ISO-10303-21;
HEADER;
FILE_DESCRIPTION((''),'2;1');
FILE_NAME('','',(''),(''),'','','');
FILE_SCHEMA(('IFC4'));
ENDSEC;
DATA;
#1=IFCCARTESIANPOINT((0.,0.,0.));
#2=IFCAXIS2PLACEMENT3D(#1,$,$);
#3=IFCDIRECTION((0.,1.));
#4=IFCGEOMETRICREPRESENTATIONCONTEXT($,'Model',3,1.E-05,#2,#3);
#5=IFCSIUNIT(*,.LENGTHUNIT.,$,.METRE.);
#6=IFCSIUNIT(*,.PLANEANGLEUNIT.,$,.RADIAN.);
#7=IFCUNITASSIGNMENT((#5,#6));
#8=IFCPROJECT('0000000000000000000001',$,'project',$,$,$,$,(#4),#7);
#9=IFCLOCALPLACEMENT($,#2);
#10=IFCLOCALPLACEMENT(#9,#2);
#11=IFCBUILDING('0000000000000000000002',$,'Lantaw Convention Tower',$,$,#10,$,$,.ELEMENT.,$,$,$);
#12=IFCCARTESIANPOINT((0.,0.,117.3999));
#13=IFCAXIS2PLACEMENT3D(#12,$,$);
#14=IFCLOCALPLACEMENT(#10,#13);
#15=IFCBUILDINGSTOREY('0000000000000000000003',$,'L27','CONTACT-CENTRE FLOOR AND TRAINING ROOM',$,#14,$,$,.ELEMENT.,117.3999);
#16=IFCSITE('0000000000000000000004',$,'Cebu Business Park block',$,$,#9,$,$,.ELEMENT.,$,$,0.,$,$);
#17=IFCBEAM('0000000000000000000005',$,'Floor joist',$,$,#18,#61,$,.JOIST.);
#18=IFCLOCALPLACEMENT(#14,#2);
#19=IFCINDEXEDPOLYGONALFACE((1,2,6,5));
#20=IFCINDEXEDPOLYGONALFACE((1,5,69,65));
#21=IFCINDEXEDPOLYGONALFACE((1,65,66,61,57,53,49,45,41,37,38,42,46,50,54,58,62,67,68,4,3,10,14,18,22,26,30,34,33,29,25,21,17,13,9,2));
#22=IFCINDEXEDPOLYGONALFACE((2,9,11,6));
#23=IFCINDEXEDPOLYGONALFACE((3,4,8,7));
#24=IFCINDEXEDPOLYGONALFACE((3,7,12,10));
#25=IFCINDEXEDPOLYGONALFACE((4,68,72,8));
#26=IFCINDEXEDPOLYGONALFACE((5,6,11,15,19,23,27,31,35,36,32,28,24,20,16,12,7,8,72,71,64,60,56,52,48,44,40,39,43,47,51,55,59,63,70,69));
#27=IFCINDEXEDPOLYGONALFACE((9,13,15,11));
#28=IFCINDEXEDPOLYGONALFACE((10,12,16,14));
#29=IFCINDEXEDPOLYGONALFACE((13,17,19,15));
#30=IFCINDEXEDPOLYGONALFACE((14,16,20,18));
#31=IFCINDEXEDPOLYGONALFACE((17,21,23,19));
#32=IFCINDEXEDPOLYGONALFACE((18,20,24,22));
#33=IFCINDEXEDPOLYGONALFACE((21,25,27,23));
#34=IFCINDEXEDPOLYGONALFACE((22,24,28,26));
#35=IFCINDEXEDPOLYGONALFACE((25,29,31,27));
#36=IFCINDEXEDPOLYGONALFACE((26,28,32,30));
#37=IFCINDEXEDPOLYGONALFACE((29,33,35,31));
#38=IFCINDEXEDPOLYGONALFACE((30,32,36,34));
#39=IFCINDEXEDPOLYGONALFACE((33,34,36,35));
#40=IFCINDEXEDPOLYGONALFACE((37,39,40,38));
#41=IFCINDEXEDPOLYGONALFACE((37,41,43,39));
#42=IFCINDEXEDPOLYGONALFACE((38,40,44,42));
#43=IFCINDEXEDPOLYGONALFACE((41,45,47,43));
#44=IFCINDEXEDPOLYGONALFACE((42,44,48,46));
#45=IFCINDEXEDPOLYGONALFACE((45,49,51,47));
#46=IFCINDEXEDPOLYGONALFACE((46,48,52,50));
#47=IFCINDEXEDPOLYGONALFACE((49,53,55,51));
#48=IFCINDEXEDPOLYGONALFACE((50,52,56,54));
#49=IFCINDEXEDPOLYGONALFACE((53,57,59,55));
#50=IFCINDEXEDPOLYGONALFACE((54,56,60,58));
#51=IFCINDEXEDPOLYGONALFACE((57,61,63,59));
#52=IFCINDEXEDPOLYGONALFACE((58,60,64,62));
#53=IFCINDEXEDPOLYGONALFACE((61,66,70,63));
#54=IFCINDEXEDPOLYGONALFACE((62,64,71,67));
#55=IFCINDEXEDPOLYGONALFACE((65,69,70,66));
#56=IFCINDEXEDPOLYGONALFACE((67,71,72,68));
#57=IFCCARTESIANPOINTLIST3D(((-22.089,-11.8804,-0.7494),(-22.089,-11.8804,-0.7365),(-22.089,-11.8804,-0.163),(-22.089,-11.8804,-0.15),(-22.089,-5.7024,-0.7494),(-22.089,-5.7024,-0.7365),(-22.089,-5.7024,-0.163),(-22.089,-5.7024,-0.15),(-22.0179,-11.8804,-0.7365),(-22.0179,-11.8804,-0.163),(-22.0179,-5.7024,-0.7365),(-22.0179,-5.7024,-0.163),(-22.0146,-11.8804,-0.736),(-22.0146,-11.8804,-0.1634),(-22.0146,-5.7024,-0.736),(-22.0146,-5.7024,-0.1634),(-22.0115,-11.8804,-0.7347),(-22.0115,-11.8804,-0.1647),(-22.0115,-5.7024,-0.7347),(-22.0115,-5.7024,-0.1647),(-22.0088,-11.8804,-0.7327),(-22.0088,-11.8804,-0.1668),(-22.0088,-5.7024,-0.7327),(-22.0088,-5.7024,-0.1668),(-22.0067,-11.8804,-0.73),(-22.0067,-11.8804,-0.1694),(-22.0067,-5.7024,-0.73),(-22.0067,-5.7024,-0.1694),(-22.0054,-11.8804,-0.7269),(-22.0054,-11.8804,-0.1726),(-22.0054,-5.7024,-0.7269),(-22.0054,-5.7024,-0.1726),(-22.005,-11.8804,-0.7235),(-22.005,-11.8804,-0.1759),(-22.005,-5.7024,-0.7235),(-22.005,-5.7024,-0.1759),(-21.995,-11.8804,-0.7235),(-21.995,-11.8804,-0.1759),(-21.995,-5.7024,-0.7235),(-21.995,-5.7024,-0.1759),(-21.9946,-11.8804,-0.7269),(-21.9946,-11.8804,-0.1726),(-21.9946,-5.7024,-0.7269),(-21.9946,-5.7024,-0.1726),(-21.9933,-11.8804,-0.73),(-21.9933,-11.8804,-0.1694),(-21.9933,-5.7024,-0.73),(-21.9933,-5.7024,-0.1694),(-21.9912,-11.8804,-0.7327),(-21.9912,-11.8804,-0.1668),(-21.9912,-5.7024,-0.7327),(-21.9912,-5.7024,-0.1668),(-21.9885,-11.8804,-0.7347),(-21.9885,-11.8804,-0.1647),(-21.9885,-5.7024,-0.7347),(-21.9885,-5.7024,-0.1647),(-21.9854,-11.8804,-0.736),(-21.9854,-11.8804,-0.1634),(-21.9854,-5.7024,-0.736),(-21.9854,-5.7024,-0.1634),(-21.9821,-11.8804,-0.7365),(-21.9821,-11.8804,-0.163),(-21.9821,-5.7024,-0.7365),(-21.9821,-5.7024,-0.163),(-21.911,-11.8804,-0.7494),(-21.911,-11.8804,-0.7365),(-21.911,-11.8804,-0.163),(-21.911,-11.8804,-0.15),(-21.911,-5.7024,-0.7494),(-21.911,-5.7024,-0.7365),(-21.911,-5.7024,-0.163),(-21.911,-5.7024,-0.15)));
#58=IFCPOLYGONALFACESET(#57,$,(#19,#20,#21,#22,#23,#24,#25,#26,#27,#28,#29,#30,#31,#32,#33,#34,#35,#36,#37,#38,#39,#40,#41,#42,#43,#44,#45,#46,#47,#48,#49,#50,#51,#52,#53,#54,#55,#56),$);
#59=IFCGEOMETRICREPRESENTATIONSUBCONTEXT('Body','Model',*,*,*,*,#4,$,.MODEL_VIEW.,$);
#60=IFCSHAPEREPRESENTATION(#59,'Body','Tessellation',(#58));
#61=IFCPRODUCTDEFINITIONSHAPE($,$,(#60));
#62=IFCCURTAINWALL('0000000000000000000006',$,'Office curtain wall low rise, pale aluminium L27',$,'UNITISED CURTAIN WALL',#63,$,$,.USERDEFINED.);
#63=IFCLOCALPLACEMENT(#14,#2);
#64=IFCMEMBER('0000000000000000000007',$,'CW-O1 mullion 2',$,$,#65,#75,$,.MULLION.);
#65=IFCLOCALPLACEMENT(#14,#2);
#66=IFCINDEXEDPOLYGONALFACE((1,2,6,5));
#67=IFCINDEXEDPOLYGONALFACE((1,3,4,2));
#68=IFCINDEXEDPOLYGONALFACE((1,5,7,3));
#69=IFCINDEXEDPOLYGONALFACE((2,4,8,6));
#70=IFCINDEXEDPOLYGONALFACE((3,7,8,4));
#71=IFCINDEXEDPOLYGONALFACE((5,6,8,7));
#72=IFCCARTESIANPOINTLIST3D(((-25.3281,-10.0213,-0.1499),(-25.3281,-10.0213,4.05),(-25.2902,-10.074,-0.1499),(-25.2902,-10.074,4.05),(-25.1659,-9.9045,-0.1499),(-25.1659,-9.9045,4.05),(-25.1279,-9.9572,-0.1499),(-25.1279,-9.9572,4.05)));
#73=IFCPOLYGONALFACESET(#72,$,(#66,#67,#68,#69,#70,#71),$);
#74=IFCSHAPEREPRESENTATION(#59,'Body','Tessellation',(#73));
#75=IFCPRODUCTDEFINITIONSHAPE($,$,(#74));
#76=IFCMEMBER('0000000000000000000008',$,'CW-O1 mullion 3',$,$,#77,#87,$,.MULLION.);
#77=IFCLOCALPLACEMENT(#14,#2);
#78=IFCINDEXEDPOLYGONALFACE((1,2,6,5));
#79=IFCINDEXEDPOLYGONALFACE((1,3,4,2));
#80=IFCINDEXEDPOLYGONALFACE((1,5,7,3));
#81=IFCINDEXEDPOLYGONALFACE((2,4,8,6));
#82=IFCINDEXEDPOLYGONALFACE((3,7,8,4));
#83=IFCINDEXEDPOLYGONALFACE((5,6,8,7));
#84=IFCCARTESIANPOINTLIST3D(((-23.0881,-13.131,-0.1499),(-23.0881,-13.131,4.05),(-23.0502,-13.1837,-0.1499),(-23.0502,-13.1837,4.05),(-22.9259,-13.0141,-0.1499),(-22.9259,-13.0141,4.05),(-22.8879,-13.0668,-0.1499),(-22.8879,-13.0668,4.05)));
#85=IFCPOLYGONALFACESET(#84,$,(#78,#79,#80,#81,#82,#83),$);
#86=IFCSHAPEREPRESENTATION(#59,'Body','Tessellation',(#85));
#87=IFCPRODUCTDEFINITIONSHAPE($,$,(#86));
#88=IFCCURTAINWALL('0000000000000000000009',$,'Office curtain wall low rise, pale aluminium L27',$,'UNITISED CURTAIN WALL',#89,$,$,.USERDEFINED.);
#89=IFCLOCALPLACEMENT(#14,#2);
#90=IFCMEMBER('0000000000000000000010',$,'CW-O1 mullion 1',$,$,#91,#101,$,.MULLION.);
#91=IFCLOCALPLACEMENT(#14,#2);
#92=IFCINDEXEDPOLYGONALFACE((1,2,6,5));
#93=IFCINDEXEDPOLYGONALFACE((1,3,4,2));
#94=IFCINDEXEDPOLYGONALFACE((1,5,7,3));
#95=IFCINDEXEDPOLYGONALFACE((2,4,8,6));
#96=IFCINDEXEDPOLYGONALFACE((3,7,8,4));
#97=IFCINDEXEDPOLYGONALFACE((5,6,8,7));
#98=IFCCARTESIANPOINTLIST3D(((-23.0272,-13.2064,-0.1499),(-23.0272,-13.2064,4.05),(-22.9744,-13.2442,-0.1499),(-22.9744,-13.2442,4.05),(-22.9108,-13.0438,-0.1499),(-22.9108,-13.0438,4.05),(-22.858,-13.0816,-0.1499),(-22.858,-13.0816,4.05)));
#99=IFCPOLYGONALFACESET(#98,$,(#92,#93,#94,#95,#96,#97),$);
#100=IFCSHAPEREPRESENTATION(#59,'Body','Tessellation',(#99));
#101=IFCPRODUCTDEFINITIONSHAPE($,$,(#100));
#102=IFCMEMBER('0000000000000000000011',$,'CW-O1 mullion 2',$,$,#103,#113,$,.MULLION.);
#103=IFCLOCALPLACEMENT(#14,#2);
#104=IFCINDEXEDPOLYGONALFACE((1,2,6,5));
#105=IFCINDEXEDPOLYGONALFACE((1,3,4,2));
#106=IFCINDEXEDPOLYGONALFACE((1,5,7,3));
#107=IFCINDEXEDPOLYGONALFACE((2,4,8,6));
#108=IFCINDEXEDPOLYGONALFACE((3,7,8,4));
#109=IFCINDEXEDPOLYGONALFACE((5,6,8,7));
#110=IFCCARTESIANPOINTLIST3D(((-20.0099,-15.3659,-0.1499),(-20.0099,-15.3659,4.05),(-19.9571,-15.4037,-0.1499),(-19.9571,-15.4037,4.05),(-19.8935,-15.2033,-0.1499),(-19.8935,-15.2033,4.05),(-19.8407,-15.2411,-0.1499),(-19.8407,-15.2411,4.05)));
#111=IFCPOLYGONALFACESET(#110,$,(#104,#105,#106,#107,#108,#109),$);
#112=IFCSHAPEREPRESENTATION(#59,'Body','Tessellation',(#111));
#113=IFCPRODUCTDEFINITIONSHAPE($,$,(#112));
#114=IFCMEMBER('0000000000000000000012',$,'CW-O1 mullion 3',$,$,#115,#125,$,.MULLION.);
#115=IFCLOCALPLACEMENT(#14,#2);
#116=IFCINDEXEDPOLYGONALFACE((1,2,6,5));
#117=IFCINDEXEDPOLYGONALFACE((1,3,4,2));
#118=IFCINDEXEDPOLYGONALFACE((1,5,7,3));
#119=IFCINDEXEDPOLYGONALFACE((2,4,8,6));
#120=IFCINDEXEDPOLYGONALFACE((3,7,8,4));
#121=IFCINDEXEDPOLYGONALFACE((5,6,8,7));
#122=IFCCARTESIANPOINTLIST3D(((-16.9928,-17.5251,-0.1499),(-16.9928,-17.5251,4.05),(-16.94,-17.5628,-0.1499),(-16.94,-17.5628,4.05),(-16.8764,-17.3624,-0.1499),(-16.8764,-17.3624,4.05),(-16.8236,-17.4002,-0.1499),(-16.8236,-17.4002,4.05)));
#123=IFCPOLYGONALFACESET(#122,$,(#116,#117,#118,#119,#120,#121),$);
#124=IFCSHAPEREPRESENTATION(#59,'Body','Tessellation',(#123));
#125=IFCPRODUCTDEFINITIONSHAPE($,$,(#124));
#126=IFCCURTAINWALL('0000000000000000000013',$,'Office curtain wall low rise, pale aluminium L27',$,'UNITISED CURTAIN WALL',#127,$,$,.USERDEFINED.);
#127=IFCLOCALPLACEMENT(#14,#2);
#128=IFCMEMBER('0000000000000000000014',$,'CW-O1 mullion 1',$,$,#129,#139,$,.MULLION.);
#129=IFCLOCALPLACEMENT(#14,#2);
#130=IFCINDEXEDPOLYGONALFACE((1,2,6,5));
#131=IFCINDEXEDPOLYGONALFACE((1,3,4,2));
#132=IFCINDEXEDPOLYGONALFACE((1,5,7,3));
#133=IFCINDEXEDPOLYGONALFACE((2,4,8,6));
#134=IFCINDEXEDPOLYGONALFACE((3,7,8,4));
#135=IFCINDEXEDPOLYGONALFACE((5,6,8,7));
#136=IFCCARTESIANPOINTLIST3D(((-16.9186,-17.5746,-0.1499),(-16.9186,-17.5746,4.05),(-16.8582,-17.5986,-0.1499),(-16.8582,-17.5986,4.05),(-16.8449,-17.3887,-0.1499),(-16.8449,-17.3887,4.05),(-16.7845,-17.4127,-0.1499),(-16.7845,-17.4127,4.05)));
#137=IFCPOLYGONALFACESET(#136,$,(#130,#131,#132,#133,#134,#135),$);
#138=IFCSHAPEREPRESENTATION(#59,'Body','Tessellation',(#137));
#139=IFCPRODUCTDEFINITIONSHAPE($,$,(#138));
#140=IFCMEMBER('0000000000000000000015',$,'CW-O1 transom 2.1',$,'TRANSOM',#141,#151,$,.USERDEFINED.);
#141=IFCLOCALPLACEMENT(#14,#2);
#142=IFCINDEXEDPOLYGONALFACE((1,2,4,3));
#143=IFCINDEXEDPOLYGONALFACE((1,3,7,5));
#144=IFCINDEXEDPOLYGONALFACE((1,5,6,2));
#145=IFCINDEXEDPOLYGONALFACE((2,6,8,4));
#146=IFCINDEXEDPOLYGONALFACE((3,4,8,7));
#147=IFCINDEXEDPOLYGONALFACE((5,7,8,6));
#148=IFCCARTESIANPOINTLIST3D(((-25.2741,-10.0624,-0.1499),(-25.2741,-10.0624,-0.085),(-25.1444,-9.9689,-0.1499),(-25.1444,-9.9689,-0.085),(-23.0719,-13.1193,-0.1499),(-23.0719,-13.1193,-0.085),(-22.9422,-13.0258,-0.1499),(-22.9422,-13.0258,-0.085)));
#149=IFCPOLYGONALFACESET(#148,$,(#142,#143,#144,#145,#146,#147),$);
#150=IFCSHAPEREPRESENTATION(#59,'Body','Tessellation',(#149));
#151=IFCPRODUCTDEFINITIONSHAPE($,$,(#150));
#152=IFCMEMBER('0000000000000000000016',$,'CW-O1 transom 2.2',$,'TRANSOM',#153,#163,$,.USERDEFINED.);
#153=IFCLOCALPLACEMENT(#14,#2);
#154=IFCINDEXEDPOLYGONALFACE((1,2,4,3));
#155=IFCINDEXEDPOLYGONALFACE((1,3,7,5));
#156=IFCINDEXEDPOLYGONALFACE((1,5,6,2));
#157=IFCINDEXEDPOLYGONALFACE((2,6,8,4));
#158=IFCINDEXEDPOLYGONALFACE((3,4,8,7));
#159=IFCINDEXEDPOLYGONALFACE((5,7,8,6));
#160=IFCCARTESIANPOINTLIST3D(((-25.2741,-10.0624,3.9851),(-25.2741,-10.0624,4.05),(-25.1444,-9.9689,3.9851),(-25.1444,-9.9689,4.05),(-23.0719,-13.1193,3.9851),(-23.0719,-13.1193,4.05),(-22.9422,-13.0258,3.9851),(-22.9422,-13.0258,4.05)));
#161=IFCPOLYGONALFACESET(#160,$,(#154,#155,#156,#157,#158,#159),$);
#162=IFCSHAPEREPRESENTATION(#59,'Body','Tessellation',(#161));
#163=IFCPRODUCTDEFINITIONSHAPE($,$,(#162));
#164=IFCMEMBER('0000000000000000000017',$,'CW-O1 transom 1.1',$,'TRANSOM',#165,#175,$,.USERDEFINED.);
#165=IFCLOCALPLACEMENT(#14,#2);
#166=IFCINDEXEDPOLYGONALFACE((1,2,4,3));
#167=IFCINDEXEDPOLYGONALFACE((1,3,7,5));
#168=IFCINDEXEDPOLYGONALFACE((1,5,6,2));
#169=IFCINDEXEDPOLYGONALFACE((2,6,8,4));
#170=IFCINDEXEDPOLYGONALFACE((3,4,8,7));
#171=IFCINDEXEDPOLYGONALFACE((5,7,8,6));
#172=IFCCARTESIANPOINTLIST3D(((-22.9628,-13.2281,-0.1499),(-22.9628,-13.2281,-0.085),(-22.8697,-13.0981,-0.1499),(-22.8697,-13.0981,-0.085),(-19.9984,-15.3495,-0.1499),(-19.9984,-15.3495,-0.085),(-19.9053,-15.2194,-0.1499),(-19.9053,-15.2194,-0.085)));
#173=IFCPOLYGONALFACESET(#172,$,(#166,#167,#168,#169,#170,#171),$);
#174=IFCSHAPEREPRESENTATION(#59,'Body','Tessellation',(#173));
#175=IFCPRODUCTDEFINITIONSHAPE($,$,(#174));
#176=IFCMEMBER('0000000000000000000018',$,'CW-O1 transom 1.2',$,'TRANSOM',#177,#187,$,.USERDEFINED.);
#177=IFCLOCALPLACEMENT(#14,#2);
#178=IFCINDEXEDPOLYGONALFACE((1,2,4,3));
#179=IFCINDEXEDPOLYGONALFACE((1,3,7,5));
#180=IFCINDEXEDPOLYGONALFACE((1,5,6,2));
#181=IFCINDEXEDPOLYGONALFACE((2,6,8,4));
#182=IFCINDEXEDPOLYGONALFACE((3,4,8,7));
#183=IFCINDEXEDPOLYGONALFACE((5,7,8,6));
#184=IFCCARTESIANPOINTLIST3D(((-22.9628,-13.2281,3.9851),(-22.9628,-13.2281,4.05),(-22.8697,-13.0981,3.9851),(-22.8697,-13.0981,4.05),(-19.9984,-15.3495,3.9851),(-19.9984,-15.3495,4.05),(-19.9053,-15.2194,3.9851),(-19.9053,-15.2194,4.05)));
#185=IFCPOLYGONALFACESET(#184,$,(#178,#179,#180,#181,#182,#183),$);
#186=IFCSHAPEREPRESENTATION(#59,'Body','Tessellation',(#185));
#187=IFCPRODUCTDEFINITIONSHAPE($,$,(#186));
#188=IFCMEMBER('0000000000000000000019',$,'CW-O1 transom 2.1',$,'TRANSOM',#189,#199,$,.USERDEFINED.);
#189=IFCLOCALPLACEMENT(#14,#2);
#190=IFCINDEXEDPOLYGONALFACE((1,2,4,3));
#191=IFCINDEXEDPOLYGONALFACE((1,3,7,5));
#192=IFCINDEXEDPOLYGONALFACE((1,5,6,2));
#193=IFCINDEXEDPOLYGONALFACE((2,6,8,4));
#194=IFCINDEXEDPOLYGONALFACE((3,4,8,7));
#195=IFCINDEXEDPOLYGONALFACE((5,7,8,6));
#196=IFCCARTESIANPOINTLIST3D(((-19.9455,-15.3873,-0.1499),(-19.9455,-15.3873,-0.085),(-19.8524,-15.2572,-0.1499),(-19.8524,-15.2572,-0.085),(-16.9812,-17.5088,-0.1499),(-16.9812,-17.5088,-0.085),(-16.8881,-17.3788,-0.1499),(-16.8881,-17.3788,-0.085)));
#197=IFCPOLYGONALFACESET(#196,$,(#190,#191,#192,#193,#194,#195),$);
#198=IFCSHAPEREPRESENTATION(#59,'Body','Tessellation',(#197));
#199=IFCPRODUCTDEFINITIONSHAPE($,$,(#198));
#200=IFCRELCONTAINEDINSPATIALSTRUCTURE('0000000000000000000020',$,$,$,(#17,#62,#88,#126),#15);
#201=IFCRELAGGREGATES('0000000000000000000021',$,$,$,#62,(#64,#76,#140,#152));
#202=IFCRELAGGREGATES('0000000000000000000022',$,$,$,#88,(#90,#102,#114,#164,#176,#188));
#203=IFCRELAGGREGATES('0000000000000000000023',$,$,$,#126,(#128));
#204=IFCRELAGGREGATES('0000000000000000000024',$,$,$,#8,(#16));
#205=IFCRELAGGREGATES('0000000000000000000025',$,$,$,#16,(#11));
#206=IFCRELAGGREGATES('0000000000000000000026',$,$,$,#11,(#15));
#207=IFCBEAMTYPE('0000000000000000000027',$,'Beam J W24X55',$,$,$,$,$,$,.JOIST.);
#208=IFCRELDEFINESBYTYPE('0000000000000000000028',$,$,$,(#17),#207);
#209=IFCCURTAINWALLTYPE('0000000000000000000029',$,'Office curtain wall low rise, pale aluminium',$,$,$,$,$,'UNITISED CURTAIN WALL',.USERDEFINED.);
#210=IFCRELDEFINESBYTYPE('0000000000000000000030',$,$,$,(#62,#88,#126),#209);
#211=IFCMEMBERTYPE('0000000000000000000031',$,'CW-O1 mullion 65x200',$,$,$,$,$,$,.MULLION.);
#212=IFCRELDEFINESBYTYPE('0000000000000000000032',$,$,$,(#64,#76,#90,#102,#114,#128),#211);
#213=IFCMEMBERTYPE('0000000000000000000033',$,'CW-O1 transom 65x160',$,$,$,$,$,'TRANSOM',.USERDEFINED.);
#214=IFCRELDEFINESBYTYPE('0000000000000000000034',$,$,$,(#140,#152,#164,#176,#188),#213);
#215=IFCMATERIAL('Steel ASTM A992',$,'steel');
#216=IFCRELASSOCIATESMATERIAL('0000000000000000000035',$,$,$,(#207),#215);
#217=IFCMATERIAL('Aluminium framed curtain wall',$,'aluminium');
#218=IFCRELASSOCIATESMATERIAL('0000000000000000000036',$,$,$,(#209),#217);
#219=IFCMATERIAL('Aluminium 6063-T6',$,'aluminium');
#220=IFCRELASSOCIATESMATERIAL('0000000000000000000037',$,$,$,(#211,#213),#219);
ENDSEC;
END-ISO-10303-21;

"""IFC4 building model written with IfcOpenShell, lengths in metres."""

from ifc_helpers import new_model, si_unit, direction, frame, origin, origin_2d, place, context, subcontext, project, spatial, rectangle, i_section, extrude, material, material_profile, profile_set, type_object, element, aggregate, save


model = new_model("IFC4")

# Units and contexts
model_context = context("Model", 3, precision=1e-05, world=origin(), true_north=direction((0.0, 1.0)))
body_context = subcontext(model_context, "Body", "Model", "MODEL_VIEW")
ifc_project = project(units=[si_unit("LENGTHUNIT", "METRE"), si_unit("PLANEANGLEUNIT", "RADIAN")], contexts=[model_context])

# Site, building, storey
site_placement = place(None, origin())
site = spatial("IfcSite", under=ifc_project, at=site_placement, Name="Cebu Business Park block", CompositionType="ELEMENT", RefElevation=0.0)
building_placement = place(site_placement, origin())
building = spatial("IfcBuilding", under=site, at=building_placement, Name="Lantaw Convention Tower", CompositionType="ELEMENT")
storey_placement = place(building_placement, frame((0.0, 0.0, 117.3999)))
storey = spatial("IfcBuildingStorey", under=building, at=storey_placement, Name="L27", Description="CONTACT-CENTRE FLOOR AND TRAINING ROOM", CompositionType="ELEMENT", Elevation=117.3999)

# Beam
ifc_material_1 = material(Name="Steel ASTM A992", Category="steel")
ifc_material_profile_1 = material_profile(ifc_material_1, i_section(OverallWidth=0.178, OverallDepth=0.5994, WebThickness=0.01, FlangeThickness=0.0129, FilletRadius=0.0129, at=origin_2d()), Name="W24X55")
ifc_profile_set_1 = profile_set([ifc_material_profile_1], Name="Steel ASTM A992")
beam_type_1 = type_object("IfcBeamType", Name="Beam J W24X55", PredefinedType="JOIST", material=ifc_profile_set_1)
beam_1_placement = place(storey_placement, frame((-22.0, -11.8804, -0.4497), z_axis=(0.0, 1.0, 0.0), x_axis=(-1.0, 0.0, 0.0)))
element("IfcBeam", 1, at=beam_1_placement, inside=storey, type_object=beam_type_1, Name="Floor joist", PredefinedType="JOIST", context=body_context, shape_type="SweptSolid", body=[
    extrude(i_section(OverallWidth=0.178, OverallDepth=0.5994, WebThickness=0.01, FlangeThickness=0.0129, FilletRadius=0.0129, at=origin_2d()), origin(), (0.0, 0.0, 1.0), 6.178),
])

# Curtain walls, members
ifc_material_2 = material(Name="Aluminium framed curtain wall", Category="aluminium")
curtain_wall_type = type_object("IfcCurtainWallType", Name="Office curtain wall low rise, pale aluminium", ElementType="UNITISED CURTAIN WALL", PredefinedType="USERDEFINED", material=ifc_material_2)
curtain_wall_1_placement = place(storey_placement, origin())
curtain_wall_1 = element("IfcCurtainWall", 2, at=curtain_wall_1_placement, inside=storey, type_object=curtain_wall_type, Name="Office curtain wall low rise, pale aluminium L27", ObjectType="UNITISED CURTAIN WALL", PredefinedType="USERDEFINED")
ifc_material_3 = material(Name="Aluminium 6063-T6", Category="aluminium")
ifc_material_profile_2 = material_profile(ifc_material_3, rectangle(XDim=0.2, YDim=0.0649, at=origin_2d()), Name="CW-O1 mullion 65x200")
ifc_profile_set_2 = profile_set([ifc_material_profile_2], Name="Aluminium 6063-T6")
member_type_1 = type_object("IfcMemberType", Name="CW-O1 mullion 65x200", PredefinedType="MULLION", material=ifc_profile_set_2)
member_1_placement = place(storey_placement, frame((-25.228, -9.9893, -0.1499), z_axis=(0.0, 0.0, 1.0), x_axis=(0.811385, 0.584513, 0.0)))
member_1 = element("IfcMember", 3, at=member_1_placement, type_object=member_type_1, Name="CW-O1 mullion 2", PredefinedType="MULLION", context=body_context, shape_type="SweptSolid", body=[
    extrude(rectangle(XDim=0.2, YDim=0.0649, at=origin_2d()), origin(), (0.0, 0.0, 1.0), 4.2),
])
member_2_placement = place(storey_placement, frame((-22.988, -13.0989, -0.1499), z_axis=(0.0, 0.0, 1.0), x_axis=(0.811385, 0.584513, 0.0)))
member_2 = element("IfcMember", 4, at=member_2_placement, type_object=member_type_1, Name="CW-O1 mullion 3", PredefinedType="MULLION", context=body_context, shape_type="SweptSolid", body=[
    extrude(rectangle(XDim=0.2, YDim=0.0649, at=origin_2d()), origin(), (0.0, 0.0, 1.0), 4.2),
])
curtain_wall_2_placement = place(storey_placement, origin())
curtain_wall_2 = element("IfcCurtainWall", 5, at=curtain_wall_2_placement, inside=storey, type_object=curtain_wall_type, Name="Office curtain wall low rise, pale aluminium L27", ObjectType="UNITISED CURTAIN WALL", PredefinedType="USERDEFINED")
member_3_placement = place(storey_placement, frame((-22.9426, -13.144, -0.1499), z_axis=(0.0, 0.0, 1.0), x_axis=(0.581973, 0.813208, 0.0)))
member_3 = element("IfcMember", 6, at=member_3_placement, type_object=member_type_1, Name="CW-O1 mullion 1", PredefinedType="MULLION", context=body_context, shape_type="SweptSolid", body=[
    extrude(rectangle(XDim=0.2, YDim=0.0649, at=origin_2d()), origin(), (0.0, 0.0, 1.0), 4.2),
])
member_4_placement = place(storey_placement, frame((-19.9253, -15.3035, -0.1499), z_axis=(0.0, 0.0, 1.0), x_axis=(0.581973, 0.813208, 0.0)))
member_4 = element("IfcMember", 7, at=member_4_placement, type_object=member_type_1, Name="CW-O1 mullion 2", PredefinedType="MULLION", context=body_context, shape_type="SweptSolid", body=[
    extrude(rectangle(XDim=0.2, YDim=0.0649, at=origin_2d()), origin(), (0.0, 0.0, 1.0), 4.2),
])
member_5_placement = place(storey_placement, frame((-16.9082, -17.4626, -0.1499), z_axis=(0.0, 0.0, 1.0), x_axis=(0.581973, 0.813208, 0.0)))
member_5 = element("IfcMember", 8, at=member_5_placement, type_object=member_type_1, Name="CW-O1 mullion 3", PredefinedType="MULLION", context=body_context, shape_type="SweptSolid", body=[
    extrude(rectangle(XDim=0.2, YDim=0.0649, at=origin_2d()), origin(), (0.0, 0.0, 1.0), 4.2),
])

# Curtain wall, member
curtain_wall_3_placement = place(storey_placement, origin())
curtain_wall_3 = element("IfcCurtainWall", 9, at=curtain_wall_3_placement, inside=storey, type_object=curtain_wall_type, Name="Office curtain wall low rise, pale aluminium L27", ObjectType="UNITISED CURTAIN WALL", PredefinedType="USERDEFINED")
member_6_placement = place(storey_placement, frame((-16.8516, -17.4937, -0.1499), z_axis=(0.0, 0.0, 1.0), x_axis=(0.368702, 0.929548, 0.0)))
member_6 = element("IfcMember", 10, at=member_6_placement, type_object=member_type_1, Name="CW-O1 mullion 1", PredefinedType="MULLION", context=body_context, shape_type="SweptSolid", body=[
    extrude(rectangle(XDim=0.2, YDim=0.0649, at=origin_2d()), origin(), (0.0, 0.0, 1.0), 4.2),
])

# Members
ifc_material_profile_3 = material_profile(ifc_material_3, rectangle(XDim=0.1599, YDim=0.0649, at=origin_2d()), Name="CW-O1 transom 65x160")
ifc_profile_set_3 = profile_set([ifc_material_profile_3], Name="Aluminium 6063-T6")
member_type_2 = type_object("IfcMemberType", Name="CW-O1 transom 65x160", ElementType="TRANSOM", PredefinedType="USERDEFINED", material=ifc_profile_set_3)
member_7_placement = place(storey_placement, frame((-25.2092, -10.0156, -0.1174), z_axis=(0.584513, -0.811384, 0.0), x_axis=(0.811384, 0.584513, 0.0)))
member_7 = element("IfcMember", 11, at=member_7_placement, type_object=member_type_2, Name="CW-O1 transom 2.1", ObjectType="TRANSOM", PredefinedType="USERDEFINED", context=body_context, shape_type="SweptSolid", body=[
    extrude(rectangle(XDim=0.1599, YDim=0.0649, at=origin_2d()), origin(), (0.0, 0.0, 1.0), 3.7676),
])
member_8_placement = place(storey_placement, frame((-25.2092, -10.0156, 4.0176), z_axis=(0.584513, -0.811384, 0.0), x_axis=(0.811384, 0.584513, 0.0)))
member_8 = element("IfcMember", 12, at=member_8_placement, type_object=member_type_2, Name="CW-O1 transom 2.2", ObjectType="TRANSOM", PredefinedType="USERDEFINED", context=body_context, shape_type="SweptSolid", body=[
    extrude(rectangle(XDim=0.1599, YDim=0.0649, at=origin_2d()), origin(), (0.0, 0.0, 1.0), 3.7676),
])
member_9_placement = place(storey_placement, frame((-22.9163, -13.1631, -0.1174), z_axis=(0.813222, -0.581954, 0.0), x_axis=(0.581954, 0.813222, 0.0)))
member_9 = element("IfcMember", 13, at=member_9_placement, type_object=member_type_2, Name="CW-O1 transom 1.1", ObjectType="TRANSOM", PredefinedType="USERDEFINED", context=body_context, shape_type="SweptSolid", body=[
    extrude(rectangle(XDim=0.1599, YDim=0.0649, at=origin_2d()), origin(), (0.0, 0.0, 1.0), 3.6453),
])
member_10_placement = place(storey_placement, frame((-22.9163, -13.1631, 4.0176), z_axis=(0.813222, -0.581954, 0.0), x_axis=(0.581954, 0.813222, 0.0)))
member_10 = element("IfcMember", 14, at=member_10_placement, type_object=member_type_2, Name="CW-O1 transom 1.2", ObjectType="TRANSOM", PredefinedType="USERDEFINED", context=body_context, shape_type="SweptSolid", body=[
    extrude(rectangle(XDim=0.1599, YDim=0.0649, at=origin_2d()), origin(), (0.0, 0.0, 1.0), 3.6453),
])
member_11_placement = place(storey_placement, frame((-19.8989, -15.3223, -0.1174), z_axis=(0.81319, -0.581998, 0.0), x_axis=(0.581998, 0.81319, 0.0)))
member_11 = element("IfcMember", 15, at=member_11_placement, type_object=member_type_2, Name="CW-O1 transom 2.1", ObjectType="TRANSOM", PredefinedType="USERDEFINED", context=body_context, shape_type="SweptSolid", body=[
    extrude(rectangle(XDim=0.1599, YDim=0.0649, at=origin_2d()), origin(), (0.0, 0.0, 1.0), 3.6453),
])

aggregate(curtain_wall_1, [member_1, member_2, member_7, member_8])
aggregate(curtain_wall_2, [member_3, member_4, member_5, member_9, member_10, member_11])
aggregate(curtain_wall_3, [member_6])

save(model, "model.ifc")
